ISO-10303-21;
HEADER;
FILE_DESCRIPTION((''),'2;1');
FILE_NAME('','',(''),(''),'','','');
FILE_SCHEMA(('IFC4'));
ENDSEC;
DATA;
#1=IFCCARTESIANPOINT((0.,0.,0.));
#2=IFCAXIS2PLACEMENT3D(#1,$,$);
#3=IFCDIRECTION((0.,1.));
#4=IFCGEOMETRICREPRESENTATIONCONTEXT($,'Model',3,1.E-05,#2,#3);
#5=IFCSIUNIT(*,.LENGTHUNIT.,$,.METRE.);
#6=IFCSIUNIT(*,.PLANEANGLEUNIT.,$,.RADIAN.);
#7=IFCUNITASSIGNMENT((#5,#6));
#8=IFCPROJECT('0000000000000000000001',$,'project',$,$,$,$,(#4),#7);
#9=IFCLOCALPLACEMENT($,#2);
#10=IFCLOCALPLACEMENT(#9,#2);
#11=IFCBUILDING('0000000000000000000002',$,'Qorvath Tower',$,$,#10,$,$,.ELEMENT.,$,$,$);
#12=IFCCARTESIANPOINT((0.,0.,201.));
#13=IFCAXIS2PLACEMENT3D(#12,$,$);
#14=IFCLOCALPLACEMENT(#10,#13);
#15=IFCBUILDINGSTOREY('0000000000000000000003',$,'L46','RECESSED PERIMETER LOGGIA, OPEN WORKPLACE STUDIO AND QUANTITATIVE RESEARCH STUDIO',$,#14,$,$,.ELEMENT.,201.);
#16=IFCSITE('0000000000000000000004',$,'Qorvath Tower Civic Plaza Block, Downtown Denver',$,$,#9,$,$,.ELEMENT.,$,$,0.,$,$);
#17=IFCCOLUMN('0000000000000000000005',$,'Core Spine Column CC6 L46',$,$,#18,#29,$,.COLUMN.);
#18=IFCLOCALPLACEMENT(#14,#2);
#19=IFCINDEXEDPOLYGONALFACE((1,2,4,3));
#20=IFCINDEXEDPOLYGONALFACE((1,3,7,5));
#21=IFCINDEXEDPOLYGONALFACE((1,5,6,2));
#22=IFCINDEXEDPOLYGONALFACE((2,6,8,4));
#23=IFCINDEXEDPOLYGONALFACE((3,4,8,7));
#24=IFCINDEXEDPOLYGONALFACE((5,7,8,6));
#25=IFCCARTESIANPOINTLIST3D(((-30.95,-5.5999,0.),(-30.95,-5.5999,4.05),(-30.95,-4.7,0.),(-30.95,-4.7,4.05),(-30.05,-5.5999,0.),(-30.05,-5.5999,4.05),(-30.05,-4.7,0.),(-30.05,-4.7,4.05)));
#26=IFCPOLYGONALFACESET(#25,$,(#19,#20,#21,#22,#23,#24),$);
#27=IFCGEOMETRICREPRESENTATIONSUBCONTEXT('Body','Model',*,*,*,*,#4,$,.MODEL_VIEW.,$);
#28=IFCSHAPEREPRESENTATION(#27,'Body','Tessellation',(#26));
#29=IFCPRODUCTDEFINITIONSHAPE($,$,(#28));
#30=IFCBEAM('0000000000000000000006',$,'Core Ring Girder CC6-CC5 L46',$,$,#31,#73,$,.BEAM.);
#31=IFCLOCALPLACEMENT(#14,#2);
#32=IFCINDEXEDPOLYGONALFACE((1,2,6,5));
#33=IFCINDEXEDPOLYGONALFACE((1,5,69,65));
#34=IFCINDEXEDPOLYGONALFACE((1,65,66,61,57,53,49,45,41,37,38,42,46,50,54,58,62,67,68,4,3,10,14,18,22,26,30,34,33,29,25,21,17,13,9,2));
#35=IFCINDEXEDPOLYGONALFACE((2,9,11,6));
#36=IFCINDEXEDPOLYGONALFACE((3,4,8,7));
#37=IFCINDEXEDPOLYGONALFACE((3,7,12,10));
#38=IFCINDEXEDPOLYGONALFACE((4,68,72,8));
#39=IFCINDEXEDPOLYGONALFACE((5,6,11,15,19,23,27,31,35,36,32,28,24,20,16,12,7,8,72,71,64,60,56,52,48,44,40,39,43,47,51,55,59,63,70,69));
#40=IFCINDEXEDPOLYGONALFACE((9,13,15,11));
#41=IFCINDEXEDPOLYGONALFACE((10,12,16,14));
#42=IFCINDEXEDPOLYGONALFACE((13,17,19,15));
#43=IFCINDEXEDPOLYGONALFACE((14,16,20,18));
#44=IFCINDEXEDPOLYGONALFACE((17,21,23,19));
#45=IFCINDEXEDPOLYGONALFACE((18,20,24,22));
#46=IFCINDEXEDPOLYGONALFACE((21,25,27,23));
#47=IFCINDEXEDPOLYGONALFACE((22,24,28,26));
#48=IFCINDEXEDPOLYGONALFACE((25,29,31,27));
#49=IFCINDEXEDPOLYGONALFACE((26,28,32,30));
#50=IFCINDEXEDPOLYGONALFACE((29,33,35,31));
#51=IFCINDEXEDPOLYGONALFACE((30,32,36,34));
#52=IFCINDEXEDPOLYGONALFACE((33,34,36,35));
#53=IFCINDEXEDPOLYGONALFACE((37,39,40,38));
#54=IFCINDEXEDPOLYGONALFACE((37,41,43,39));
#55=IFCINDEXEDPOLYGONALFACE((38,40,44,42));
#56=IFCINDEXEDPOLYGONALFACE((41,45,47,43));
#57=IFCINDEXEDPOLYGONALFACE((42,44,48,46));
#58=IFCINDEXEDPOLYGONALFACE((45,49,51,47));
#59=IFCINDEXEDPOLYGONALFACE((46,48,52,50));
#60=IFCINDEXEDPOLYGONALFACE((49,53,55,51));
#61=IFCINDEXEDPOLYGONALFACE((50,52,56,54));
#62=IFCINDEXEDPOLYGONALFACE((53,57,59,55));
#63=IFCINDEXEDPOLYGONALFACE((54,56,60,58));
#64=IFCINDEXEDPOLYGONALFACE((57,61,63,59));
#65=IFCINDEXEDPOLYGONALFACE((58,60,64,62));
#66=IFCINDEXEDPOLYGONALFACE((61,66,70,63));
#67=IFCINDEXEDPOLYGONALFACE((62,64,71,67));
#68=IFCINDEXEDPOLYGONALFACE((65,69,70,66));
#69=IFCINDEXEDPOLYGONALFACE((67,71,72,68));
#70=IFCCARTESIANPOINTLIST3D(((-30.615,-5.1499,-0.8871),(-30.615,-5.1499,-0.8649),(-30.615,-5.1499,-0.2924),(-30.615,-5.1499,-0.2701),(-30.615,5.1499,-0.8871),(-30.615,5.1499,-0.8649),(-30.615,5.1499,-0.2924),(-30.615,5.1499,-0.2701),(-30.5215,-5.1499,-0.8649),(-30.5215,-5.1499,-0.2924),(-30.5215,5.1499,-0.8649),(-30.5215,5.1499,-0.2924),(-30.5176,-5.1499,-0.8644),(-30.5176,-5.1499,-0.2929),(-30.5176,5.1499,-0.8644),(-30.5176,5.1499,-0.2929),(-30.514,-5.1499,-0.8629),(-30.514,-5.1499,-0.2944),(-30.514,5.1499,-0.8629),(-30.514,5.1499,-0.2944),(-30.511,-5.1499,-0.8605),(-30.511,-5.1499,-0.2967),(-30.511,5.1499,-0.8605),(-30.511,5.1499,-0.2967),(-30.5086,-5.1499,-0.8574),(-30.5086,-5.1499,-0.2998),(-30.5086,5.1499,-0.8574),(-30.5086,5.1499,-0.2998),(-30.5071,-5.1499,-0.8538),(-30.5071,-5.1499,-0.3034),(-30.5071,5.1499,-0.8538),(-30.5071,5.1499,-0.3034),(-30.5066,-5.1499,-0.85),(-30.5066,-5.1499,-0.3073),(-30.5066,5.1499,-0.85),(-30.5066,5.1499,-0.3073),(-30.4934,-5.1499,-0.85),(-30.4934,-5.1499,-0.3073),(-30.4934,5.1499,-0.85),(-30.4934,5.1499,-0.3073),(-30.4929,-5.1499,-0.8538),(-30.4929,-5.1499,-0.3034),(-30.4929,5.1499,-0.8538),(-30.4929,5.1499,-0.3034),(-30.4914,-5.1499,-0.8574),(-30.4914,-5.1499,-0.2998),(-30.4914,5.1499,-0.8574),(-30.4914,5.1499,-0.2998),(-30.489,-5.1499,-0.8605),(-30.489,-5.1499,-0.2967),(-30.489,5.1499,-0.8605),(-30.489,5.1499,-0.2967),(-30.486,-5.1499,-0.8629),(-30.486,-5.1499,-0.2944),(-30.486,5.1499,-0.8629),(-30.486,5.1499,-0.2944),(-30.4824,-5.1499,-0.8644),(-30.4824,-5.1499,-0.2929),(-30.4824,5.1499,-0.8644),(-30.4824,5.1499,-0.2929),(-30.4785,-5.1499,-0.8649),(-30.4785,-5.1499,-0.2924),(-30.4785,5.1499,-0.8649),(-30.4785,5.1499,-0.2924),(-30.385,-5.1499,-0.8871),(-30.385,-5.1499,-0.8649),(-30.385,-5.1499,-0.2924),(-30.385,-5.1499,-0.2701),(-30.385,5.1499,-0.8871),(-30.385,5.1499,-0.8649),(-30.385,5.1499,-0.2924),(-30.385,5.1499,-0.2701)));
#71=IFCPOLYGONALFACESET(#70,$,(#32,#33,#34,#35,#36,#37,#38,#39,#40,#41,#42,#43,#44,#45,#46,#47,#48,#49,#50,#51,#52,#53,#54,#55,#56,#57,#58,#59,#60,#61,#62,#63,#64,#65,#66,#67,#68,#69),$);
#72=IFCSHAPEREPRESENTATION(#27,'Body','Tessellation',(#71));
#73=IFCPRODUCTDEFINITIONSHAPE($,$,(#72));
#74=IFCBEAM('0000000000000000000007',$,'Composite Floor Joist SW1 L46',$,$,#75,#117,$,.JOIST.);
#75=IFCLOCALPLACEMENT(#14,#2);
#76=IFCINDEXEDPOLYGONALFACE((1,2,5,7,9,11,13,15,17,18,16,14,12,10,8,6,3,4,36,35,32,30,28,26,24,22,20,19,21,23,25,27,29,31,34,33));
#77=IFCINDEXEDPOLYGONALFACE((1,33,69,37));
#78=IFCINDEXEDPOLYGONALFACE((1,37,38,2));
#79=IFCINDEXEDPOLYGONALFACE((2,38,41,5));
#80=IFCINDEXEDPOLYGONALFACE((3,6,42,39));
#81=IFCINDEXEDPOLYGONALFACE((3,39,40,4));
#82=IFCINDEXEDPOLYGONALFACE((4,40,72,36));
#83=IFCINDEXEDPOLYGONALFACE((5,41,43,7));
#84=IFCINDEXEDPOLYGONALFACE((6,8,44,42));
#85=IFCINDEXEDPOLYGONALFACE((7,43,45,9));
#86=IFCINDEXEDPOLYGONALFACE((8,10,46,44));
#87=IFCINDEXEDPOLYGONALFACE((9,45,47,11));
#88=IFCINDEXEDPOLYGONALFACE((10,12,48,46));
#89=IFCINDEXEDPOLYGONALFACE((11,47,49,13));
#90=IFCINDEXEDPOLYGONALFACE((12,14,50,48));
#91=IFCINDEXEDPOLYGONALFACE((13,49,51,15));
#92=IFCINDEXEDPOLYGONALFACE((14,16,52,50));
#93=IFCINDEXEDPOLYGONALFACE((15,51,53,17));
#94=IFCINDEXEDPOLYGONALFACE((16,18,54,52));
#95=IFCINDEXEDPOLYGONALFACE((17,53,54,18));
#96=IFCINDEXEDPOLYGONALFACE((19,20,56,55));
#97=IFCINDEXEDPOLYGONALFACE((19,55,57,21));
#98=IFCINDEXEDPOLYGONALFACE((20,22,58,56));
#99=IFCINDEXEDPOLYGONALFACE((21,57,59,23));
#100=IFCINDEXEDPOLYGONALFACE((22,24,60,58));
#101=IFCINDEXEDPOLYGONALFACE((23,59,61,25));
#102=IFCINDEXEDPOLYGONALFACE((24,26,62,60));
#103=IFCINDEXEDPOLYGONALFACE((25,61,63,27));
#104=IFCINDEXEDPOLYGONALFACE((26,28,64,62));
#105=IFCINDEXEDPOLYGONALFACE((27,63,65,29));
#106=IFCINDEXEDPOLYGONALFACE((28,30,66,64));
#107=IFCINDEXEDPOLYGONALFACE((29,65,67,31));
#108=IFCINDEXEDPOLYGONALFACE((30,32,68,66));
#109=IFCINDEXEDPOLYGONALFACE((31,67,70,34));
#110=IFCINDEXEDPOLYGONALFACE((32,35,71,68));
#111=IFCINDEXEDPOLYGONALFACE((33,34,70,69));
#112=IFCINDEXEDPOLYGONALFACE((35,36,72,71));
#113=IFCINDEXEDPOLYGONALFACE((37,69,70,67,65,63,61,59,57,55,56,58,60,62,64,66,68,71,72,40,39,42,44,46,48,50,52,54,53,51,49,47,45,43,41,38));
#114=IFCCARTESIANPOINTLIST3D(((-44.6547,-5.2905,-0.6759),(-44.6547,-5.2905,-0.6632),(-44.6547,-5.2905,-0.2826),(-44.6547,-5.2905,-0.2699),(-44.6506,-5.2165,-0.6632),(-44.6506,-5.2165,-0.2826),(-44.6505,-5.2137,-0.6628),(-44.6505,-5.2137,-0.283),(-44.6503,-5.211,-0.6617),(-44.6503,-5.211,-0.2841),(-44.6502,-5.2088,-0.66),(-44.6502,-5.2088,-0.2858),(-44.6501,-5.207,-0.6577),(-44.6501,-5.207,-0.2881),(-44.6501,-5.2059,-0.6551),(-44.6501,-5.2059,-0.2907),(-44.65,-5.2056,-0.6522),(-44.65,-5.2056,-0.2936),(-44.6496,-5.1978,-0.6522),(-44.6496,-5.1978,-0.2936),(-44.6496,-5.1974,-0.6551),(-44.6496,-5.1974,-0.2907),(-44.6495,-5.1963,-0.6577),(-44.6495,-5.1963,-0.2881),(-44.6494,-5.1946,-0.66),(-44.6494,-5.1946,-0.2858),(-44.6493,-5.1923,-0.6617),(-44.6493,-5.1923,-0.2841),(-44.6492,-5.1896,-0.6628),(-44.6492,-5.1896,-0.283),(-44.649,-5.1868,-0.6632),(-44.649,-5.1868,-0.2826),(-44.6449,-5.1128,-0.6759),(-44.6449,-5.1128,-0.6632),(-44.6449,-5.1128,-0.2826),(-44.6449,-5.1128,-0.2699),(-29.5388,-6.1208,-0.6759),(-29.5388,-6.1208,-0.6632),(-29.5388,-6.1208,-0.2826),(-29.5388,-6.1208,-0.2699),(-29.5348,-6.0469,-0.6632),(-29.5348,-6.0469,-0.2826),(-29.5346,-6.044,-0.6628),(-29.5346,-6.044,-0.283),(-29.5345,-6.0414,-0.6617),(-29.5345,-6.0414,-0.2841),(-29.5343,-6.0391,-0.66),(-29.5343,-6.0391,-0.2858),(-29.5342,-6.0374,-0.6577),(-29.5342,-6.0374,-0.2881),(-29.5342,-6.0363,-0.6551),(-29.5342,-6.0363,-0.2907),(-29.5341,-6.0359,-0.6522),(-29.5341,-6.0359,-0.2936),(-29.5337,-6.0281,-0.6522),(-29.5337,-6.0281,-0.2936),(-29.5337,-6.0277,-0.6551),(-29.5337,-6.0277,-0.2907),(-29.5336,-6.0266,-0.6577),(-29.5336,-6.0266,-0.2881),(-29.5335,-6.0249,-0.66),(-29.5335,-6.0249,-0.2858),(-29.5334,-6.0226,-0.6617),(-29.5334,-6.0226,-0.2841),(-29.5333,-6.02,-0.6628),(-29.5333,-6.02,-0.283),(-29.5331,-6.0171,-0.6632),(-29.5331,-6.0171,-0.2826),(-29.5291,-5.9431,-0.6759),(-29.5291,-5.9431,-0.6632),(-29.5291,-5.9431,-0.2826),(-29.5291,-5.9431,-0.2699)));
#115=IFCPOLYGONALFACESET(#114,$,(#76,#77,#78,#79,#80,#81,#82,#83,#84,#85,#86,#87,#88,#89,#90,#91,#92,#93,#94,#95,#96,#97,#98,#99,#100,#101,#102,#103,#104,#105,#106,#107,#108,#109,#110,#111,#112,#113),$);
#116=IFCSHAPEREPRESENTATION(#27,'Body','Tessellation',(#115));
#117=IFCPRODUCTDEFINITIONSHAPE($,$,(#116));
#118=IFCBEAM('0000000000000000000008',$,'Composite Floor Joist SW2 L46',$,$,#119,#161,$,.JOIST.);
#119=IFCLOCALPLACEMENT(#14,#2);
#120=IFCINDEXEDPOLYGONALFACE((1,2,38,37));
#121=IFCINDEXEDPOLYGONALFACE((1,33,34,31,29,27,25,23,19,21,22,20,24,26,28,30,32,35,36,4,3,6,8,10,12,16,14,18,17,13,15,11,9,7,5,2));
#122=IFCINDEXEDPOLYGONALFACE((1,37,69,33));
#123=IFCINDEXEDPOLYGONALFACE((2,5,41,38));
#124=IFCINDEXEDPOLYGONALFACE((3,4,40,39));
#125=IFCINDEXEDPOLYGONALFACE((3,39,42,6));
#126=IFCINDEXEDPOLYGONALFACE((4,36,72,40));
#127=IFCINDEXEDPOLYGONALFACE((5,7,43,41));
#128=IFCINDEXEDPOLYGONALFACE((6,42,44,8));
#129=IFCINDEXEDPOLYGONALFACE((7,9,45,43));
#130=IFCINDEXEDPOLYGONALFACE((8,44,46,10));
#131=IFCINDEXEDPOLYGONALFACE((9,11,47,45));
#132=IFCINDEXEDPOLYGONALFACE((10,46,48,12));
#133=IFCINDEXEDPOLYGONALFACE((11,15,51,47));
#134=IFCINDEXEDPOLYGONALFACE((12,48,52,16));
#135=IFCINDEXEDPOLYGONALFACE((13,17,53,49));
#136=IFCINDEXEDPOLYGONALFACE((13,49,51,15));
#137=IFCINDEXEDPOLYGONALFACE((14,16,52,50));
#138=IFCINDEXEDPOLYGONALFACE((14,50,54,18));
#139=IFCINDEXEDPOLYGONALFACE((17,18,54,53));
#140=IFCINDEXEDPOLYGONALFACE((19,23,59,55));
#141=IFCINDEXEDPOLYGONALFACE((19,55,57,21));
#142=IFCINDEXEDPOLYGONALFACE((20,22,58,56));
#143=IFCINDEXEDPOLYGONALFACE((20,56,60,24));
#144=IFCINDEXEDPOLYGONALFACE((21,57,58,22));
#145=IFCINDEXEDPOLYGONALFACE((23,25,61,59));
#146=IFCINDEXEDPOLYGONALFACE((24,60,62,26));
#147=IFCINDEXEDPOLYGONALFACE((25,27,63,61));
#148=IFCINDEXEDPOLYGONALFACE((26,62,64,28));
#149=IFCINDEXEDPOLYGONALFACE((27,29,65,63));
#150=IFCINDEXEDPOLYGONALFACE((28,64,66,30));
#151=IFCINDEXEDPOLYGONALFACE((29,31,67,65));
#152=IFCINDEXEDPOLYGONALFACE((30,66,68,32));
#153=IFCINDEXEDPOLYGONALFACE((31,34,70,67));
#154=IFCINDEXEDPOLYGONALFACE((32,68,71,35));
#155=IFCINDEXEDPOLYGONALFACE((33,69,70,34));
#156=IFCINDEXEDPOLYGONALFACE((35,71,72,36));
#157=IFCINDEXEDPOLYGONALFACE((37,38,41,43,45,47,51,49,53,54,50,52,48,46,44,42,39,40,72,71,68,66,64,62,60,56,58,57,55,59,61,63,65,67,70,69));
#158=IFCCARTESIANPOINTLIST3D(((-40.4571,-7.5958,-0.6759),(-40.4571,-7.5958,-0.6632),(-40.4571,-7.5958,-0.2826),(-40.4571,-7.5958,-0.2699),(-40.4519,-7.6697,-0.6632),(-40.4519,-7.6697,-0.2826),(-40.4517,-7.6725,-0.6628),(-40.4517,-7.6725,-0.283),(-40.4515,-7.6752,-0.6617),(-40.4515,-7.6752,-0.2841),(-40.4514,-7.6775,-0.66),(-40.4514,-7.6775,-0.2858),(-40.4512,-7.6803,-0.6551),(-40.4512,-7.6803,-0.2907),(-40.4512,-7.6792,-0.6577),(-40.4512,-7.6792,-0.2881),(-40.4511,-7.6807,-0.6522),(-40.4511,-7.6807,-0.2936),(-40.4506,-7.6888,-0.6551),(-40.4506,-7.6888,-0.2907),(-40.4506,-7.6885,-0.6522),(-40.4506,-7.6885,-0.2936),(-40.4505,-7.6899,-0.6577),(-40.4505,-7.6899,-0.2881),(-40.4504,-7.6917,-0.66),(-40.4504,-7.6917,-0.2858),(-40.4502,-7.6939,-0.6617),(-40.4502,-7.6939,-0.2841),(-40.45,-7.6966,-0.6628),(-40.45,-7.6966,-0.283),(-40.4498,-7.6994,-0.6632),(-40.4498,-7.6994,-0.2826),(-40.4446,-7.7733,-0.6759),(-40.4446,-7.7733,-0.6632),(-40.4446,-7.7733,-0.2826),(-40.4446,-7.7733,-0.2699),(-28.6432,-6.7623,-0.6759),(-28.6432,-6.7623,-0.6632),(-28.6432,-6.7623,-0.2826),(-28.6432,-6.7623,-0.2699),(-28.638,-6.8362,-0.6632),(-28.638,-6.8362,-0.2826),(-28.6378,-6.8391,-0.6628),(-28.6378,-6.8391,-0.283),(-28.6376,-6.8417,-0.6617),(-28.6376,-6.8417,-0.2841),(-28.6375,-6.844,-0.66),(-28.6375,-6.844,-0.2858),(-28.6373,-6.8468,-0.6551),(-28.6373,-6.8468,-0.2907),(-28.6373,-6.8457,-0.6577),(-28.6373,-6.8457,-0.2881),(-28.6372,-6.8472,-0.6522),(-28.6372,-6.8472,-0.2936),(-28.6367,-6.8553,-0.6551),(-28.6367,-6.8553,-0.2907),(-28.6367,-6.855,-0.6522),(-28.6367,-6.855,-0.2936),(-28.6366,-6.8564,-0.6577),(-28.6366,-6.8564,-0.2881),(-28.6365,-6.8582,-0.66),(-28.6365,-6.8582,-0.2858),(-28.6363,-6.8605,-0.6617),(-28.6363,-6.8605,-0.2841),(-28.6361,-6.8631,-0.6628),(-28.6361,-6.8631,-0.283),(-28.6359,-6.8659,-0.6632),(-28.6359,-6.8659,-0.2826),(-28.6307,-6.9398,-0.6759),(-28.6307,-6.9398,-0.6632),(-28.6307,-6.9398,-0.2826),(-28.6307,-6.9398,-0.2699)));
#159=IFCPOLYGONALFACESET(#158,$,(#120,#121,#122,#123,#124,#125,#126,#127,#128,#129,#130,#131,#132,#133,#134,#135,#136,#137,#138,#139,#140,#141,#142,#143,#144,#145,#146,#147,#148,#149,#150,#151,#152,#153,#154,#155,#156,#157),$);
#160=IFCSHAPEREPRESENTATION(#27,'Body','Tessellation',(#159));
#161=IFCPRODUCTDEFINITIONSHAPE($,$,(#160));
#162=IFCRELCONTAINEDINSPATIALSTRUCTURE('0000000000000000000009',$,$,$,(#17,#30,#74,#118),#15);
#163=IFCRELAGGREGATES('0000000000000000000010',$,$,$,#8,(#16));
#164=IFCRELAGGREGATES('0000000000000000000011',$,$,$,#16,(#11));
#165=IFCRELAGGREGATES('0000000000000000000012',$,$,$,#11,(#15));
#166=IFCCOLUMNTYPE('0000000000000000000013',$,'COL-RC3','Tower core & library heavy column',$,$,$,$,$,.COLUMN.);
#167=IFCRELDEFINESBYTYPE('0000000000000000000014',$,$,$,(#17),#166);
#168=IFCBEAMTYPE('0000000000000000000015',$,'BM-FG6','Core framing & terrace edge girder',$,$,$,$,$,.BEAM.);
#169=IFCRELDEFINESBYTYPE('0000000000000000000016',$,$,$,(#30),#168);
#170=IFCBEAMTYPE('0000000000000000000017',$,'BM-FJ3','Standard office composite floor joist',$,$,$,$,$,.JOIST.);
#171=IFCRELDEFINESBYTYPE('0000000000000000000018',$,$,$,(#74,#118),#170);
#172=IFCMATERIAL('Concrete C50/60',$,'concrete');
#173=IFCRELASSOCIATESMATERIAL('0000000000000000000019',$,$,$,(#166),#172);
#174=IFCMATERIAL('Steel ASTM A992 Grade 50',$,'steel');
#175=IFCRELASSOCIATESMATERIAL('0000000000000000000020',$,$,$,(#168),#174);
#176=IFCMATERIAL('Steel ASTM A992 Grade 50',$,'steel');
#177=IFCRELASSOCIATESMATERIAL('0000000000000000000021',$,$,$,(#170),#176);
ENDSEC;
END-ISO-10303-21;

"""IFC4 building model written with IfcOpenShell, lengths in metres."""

from ifc_helpers import new_model, si_unit, direction, frame, origin, origin_2d, place, context, subcontext, project, spatial, rectangle, i_section, extrude, material, material_profile, profile_set, type_object, element, save


model = new_model("IFC4")

# Units and contexts
model_context = context("Model", 3, precision=1e-05, world=origin(), true_north=direction((0.0, 1.0)))
body_context = subcontext(model_context, "Body", "Model", "MODEL_VIEW")
ifc_project = project(units=[si_unit("LENGTHUNIT", "METRE"), si_unit("PLANEANGLEUNIT", "RADIAN")], contexts=[model_context])

# Site, building, storey
site_placement = place(None, origin())
site = spatial("IfcSite", under=ifc_project, at=site_placement, Name="Qorvath Tower Civic Plaza Block, Downtown Denver", CompositionType="ELEMENT", RefElevation=0.0)
building_placement = place(site_placement, origin())
building = spatial("IfcBuilding", under=site, at=building_placement, Name="Qorvath Tower", CompositionType="ELEMENT")
storey_placement = place(building_placement, frame((0.0, 0.0, 201.0)))
storey = spatial("IfcBuildingStorey", under=building, at=storey_placement, Name="L46", Description="RECESSED PERIMETER LOGGIA, OPEN WORKPLACE STUDIO AND QUANTITATIVE RESEARCH STUDIO", CompositionType="ELEMENT", Elevation=201.0)

# Column
ifc_material_1 = material(Name="Concrete C50/60", Category="concrete")
ifc_material_profile_1 = material_profile(ifc_material_1, rectangle(XDim=0.8999, YDim=0.8999, at=origin_2d()), Name="RC 900x900")
ifc_profile_set_1 = profile_set([ifc_material_profile_1], Name="Concrete C50/60")
column_type = type_object("IfcColumnType", Name="COL-RC3", Description="Tower core & library heavy column", PredefinedType="COLUMN", material=ifc_profile_set_1)
column_placement = place(storey_placement, frame((-30.5, -5.1499, 0.0), z_axis=(0.0, 0.0, 1.0), x_axis=(1.0, 0.0, 0.0)))
element("IfcColumn", 1, at=column_placement, inside=storey, type_object=column_type, Name="Core Spine Column CC6 L46", PredefinedType="COLUMN", context=body_context, shape_type="SweptSolid", body=[
    extrude(rectangle(XDim=0.8999, YDim=0.8999, at=origin_2d()), origin(), (0.0, 0.0, 1.0), 4.05),
])

# Beams
ifc_material_2 = material(Name="Steel ASTM A992 Grade 50", Category="steel")
ifc_material_profile_2 = material_profile(ifc_material_2, i_section(OverallWidth=0.23, OverallDepth=0.6169, WebThickness=0.0132, FlangeThickness=0.0222, FilletRadius=0.0149, at=origin_2d()), Name="W24x94")
ifc_profile_set_2 = profile_set([ifc_material_profile_2], Name="Steel ASTM A992 Grade 50")
beam_type_1 = type_object("IfcBeamType", Name="BM-FG6", Description="Core framing & terrace edge girder", PredefinedType="BEAM", material=ifc_profile_set_2)
beam_1_placement = place(storey_placement, frame((-30.5, -5.1499, -0.5786), z_axis=(0.0, 1.0, 0.0), x_axis=(-1.0, 0.0, 0.0)))
element("IfcBeam", 2, at=beam_1_placement, inside=storey, type_object=beam_type_1, Name="Core Ring Girder CC6-CC5 L46", PredefinedType="BEAM", context=body_context, shape_type="SweptSolid", body=[
    extrude(i_section(OverallWidth=0.23, OverallDepth=0.6169, WebThickness=0.0132, FlangeThickness=0.0222, FilletRadius=0.0149, at=origin_2d()), origin(), (0.0, 0.0, 1.0), 10.2998),
])
ifc_material_3 = material(Name="Steel ASTM A992 Grade 50", Category="steel")
ifc_material_profile_3 = material_profile(ifc_material_3, i_section(OverallWidth=0.178, OverallDepth=0.406, WebThickness=0.0078, FlangeThickness=0.0127, FilletRadius=0.011, at=origin_2d()), Name="W16x40")
ifc_profile_set_3 = profile_set([ifc_material_profile_3], Name="Steel ASTM A992 Grade 50")
beam_type_2 = type_object("IfcBeamType", Name="BM-FJ3", Description="Standard office composite floor joist", PredefinedType="JOIST", material=ifc_profile_set_3)
beam_2_placement = place(storey_placement, frame((-29.5339, -6.032, -0.4729), z_axis=(-0.998495, 0.054847, 0.0), x_axis=(-0.054847, -0.998495, 0.0)))
element("IfcBeam", 3, at=beam_2_placement, inside=storey, type_object=beam_type_2, Name="Composite Floor Joist SW1 L46", PredefinedType="JOIST", context=body_context, shape_type="SweptSolid", body=[
    extrude(i_section(OverallWidth=0.178, OverallDepth=0.406, WebThickness=0.0078, FlangeThickness=0.0127, FilletRadius=0.011, at=origin_2d()), origin(), (0.0, 0.0, 1.0), 15.1387),
])
beam_3_placement = place(storey_placement, frame((-28.637, -6.8511, -0.4729), z_axis=(-0.99752, -0.070377, 0.0), x_axis=(0.070377, -0.99752, 0.0)))
element("IfcBeam", 4, at=beam_3_placement, inside=storey, type_object=beam_type_2, Name="Composite Floor Joist SW2 L46", PredefinedType="JOIST", context=body_context, shape_type="SweptSolid", body=[
    extrude(i_section(OverallWidth=0.178, OverallDepth=0.406, WebThickness=0.0078, FlangeThickness=0.0127, FilletRadius=0.011, at=origin_2d()), origin(), (0.0, 0.0, 1.0), 11.8433),
])

save(model, "model.ifc")
